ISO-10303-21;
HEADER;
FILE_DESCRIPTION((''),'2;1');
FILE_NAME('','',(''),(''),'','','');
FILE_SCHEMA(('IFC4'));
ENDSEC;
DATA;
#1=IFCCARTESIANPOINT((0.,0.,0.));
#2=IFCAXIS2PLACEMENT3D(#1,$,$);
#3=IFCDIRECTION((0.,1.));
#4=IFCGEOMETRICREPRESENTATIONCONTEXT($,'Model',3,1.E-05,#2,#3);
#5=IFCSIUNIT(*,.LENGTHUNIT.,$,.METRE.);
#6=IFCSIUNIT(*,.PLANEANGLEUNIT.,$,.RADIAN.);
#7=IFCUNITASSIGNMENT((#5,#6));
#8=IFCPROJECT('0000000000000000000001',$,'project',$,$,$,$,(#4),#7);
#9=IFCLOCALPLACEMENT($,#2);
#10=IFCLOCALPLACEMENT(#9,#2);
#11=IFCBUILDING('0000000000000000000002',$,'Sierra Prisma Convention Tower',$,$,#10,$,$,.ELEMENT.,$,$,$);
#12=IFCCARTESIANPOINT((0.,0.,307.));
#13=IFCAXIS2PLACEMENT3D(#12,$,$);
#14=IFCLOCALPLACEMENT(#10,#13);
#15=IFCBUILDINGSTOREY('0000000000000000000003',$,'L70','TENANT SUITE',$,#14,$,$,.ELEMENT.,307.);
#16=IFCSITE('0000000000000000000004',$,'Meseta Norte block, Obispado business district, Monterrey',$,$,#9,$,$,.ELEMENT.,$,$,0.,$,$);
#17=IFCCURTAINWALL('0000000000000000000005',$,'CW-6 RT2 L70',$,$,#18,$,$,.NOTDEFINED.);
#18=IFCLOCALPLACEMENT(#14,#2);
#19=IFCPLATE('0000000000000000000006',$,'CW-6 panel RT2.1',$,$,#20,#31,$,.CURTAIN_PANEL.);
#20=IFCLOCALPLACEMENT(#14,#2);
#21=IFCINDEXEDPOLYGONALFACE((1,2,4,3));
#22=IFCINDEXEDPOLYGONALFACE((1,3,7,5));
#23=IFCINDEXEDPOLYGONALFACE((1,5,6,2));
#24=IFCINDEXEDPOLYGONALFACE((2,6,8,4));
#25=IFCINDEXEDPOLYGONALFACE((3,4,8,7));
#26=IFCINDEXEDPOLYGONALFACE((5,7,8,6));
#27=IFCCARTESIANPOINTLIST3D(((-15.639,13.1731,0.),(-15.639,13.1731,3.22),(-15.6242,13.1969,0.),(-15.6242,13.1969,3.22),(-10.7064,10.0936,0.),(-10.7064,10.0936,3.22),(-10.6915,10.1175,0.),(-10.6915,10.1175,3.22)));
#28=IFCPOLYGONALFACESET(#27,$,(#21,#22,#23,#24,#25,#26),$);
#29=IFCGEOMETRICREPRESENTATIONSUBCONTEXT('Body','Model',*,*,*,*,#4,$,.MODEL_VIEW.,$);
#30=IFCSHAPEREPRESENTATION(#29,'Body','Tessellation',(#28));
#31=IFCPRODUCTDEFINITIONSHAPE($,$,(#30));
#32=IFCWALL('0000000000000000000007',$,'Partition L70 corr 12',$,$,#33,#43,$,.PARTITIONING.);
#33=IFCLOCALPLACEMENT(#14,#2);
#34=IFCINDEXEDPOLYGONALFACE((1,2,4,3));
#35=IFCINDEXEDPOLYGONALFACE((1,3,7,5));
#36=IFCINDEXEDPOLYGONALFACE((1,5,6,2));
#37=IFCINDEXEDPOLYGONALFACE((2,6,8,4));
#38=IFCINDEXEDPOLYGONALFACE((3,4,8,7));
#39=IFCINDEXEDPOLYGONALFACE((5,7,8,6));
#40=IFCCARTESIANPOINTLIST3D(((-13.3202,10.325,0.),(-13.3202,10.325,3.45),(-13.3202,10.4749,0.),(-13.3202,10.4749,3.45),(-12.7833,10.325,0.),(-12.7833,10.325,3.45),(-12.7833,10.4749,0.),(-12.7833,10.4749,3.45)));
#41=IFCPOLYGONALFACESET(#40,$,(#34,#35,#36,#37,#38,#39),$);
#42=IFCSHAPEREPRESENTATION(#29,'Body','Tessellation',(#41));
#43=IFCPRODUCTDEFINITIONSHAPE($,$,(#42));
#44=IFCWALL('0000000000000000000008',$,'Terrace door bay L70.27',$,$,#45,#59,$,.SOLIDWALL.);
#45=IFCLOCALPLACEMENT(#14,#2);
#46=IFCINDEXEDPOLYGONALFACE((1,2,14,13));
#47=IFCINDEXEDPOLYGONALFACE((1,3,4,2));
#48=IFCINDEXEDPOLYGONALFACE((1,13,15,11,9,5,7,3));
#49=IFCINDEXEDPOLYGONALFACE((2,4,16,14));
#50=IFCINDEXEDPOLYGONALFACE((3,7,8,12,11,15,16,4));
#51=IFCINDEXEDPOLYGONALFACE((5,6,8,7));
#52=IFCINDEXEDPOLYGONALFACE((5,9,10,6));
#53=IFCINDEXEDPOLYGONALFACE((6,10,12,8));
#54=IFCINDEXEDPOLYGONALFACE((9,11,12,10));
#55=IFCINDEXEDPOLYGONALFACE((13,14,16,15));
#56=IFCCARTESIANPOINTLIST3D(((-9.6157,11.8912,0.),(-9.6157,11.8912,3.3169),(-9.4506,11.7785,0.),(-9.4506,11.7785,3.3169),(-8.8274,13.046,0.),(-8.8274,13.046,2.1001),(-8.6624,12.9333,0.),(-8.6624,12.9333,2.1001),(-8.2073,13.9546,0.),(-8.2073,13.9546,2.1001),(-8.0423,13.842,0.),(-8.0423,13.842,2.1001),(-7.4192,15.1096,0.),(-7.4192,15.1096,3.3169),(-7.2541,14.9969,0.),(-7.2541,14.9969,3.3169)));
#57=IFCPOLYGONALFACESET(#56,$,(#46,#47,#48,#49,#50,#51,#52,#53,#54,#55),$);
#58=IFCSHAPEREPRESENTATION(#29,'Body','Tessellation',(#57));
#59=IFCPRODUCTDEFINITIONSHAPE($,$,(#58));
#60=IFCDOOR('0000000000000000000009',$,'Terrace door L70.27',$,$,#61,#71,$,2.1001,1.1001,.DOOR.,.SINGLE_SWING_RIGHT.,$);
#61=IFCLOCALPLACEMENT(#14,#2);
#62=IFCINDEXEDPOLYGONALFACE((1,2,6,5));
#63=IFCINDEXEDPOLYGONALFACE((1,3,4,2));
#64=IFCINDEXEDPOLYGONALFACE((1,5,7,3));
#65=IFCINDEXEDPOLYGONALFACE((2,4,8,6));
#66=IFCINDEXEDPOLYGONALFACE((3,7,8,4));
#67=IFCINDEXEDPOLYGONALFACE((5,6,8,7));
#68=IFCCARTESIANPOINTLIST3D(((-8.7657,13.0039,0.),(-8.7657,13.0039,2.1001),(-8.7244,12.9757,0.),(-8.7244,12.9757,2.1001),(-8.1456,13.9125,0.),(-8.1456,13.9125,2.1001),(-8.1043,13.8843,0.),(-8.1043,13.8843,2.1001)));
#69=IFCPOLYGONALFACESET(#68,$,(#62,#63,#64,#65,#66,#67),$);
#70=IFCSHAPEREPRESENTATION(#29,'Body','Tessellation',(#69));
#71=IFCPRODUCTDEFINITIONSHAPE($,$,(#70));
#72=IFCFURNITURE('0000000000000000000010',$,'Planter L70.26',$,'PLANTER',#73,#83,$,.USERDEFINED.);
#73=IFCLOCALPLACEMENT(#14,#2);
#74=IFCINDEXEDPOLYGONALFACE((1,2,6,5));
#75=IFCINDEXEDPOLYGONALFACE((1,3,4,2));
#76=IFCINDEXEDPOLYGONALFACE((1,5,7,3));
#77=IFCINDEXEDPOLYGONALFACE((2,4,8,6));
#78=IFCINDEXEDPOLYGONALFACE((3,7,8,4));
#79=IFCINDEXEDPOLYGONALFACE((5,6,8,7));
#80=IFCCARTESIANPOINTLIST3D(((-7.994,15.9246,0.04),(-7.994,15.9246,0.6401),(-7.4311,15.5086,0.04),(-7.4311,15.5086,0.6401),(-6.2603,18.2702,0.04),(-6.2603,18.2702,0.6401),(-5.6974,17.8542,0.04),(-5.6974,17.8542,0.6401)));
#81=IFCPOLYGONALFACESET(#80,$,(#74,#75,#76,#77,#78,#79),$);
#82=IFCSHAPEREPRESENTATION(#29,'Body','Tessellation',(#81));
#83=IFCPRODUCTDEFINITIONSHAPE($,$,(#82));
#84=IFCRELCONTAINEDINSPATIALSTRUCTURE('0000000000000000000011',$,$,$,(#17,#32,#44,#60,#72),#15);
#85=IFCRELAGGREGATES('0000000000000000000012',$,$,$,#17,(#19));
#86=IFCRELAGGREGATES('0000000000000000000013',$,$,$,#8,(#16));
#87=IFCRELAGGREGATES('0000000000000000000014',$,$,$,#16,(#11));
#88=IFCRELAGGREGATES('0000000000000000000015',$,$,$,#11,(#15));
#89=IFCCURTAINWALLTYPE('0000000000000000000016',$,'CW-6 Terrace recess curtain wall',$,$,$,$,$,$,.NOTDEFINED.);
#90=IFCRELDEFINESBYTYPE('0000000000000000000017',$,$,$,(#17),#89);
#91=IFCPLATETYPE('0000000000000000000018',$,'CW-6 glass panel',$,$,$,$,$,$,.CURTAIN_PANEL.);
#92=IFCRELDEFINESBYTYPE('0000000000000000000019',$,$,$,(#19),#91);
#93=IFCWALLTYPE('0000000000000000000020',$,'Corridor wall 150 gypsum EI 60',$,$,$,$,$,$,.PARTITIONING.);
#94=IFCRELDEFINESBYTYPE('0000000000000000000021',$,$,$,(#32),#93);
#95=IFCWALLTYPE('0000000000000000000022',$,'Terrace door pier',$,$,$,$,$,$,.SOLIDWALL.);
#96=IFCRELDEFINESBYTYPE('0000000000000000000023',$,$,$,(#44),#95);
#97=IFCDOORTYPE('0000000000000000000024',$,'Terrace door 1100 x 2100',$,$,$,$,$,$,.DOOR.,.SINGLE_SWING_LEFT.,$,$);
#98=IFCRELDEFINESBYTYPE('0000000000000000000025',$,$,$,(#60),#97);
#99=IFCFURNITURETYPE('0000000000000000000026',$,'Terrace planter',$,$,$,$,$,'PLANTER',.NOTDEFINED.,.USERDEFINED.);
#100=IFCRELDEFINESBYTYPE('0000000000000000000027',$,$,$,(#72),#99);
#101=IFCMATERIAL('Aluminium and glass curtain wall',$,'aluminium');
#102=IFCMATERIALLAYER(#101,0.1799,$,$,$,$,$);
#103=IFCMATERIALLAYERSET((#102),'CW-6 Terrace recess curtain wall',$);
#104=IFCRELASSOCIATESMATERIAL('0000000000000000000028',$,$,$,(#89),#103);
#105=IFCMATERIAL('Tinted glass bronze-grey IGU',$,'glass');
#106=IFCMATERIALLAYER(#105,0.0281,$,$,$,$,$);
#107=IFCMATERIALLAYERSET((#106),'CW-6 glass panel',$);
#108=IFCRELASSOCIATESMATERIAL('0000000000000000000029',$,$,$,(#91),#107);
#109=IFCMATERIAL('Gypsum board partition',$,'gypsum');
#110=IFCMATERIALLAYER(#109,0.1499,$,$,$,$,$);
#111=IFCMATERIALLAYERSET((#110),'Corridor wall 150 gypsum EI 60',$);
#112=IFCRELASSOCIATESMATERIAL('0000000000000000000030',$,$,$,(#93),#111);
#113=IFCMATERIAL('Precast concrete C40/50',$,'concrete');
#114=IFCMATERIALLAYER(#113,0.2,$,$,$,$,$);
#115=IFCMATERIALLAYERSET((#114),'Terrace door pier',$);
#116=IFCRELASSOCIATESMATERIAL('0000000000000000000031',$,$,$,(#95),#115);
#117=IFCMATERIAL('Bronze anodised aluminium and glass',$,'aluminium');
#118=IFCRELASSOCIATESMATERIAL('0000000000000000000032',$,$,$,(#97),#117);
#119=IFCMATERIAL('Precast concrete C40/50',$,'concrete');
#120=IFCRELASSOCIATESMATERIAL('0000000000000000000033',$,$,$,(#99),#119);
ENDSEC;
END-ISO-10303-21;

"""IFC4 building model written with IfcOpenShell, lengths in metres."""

from ifc_helpers import new_model, si_unit, direction, frame, frame_2d, origin, origin_2d, place, context, subcontext, project, spatial, rectangle, extrude, material, layer, layer_set, type_object, element, fill, aggregate, save


model = new_model("IFC4")

# Units and contexts
model_context = context("Model", 3, precision=1e-05, world=origin(), true_north=direction((0.0, 1.0)))
body_context = subcontext(model_context, "Body", "Model", "MODEL_VIEW")
ifc_project = project(units=[si_unit("LENGTHUNIT", "METRE"), si_unit("PLANEANGLEUNIT", "RADIAN")], contexts=[model_context])

# Site, building, storey
site_placement = place(None, origin())
site = spatial("IfcSite", under=ifc_project, at=site_placement, Name="Meseta Norte block, Obispado business district, Monterrey", CompositionType="ELEMENT", RefElevation=0.0)
building_placement = place(site_placement, origin())
building = spatial("IfcBuilding", under=site, at=building_placement, Name="Sierra Prisma Convention Tower", CompositionType="ELEMENT")
storey_placement = place(building_placement, frame((0.0, 0.0, 307.0)))
storey = spatial("IfcBuildingStorey", under=building, at=storey_placement, Name="L70", Description="TENANT SUITE", CompositionType="ELEMENT", Elevation=307.0)

# Shared definitions
ifc_material_1 = material(Name="Aluminium and glass curtain wall", Category="aluminium")
ifc_layer_1 = layer(ifc_material_1, 0.1799)
ifc_layer_set_1 = layer_set([ifc_layer_1], Name="CW-6 Terrace recess curtain wall")
curtain_wall_type_1 = type_object("IfcCurtainWallType", Name="CW-6 Terrace recess curtain wall", PredefinedType="NOTDEFINED", material=ifc_layer_set_1)

# Shared definitions
ifc_material_2 = material(Name="Tinted glass bronze-grey IGU", Category="glass")
ifc_layer_2 = layer(ifc_material_2, 0.0281)
ifc_layer_set_2 = layer_set([ifc_layer_2], Name="CW-6 glass panel")
plate_type_1 = type_object("IfcPlateType", Name="CW-6 glass panel", PredefinedType="CURTAIN_PANEL", material=ifc_layer_set_2)

# Curtain wall, plate
curtain_wall_1_placement = place(storey_placement, origin())
curtain_wall_1 = element("IfcCurtainWall", 1, at=curtain_wall_1_placement, inside=storey, type_object=curtain_wall_type_1, Name="CW-6 RT2 L70", PredefinedType="NOTDEFINED")
plate_1_placement = place(storey_placement, frame((-13.1653, 11.6453, 0.0), z_axis=(0.0, 0.0, 1.0), x_axis=(-0.848265, 0.529572, 0.0)))
plate_1 = element("IfcPlate", 2, at=plate_1_placement, type_object=plate_type_1, Name="CW-6 panel RT2.1", PredefinedType="CURTAIN_PANEL", context=body_context, shape_type="SweptSolid", body=[
    extrude(rectangle(XDim=5.8149, YDim=0.0281, at=origin_2d()), origin(), (0.0, 0.0, 1.0), 3.22),
])
aggregate(curtain_wall_1, [plate_1])

# Wall
ifc_material_3 = material(Name="Gypsum board partition", Category="gypsum")
ifc_layer_3 = layer(ifc_material_3, 0.1499)
ifc_layer_set_3 = layer_set([ifc_layer_3], Name="Corridor wall 150 gypsum EI 60")
wall_type_1 = type_object("IfcWallType", Name="Corridor wall 150 gypsum EI 60", PredefinedType="PARTITIONING", material=ifc_layer_set_3)
wall_1_placement = place(storey_placement, frame((-12.7832, 10.3999, 0.0), z_axis=(0.0, 0.0, 1.0), x_axis=(-1.0, 0.0, 0.0)))
element("IfcWall", 3, at=wall_1_placement, inside=storey, type_object=wall_type_1, Name="Partition L70 corr 12", PredefinedType="PARTITIONING", context=body_context, shape_type="SweptSolid", body=[
    extrude(rectangle(XDim=0.5369, YDim=0.1499, at=frame_2d((0.2686, 0.0))), origin(), (0.0, 0.0, 1.0), 3.45),
])

# Wall, opening, door
ifc_material_4 = material(Name="Precast concrete C40/50", Category="concrete")
ifc_layer_4 = layer(ifc_material_4, 0.2)
ifc_layer_set_4 = layer_set([ifc_layer_4], Name="Terrace door pier")
wall_type_2 = type_object("IfcWallType", Name="Terrace door pier", PredefinedType="SOLIDWALL", material=ifc_layer_set_4)
wall_2_placement = place(storey_placement, frame((-7.3367, 15.0532, 0.0), z_axis=(0.0, 0.0, 1.0), x_axis=(-0.563704, -0.825977, 0.0)))
wall_2 = element("IfcWall", 4, at=wall_2_placement, inside=storey, type_object=wall_type_2, Name="Terrace door bay L70.27", PredefinedType="SOLIDWALL", context=body_context, shape_type="SweptSolid", body=[
    extrude(rectangle(XDim=3.8965, YDim=0.2, at=frame_2d((1.9482, 0.0))), origin(), (0.0, 0.0, 1.0), 3.3169),
])
opening_placement = place(wall_2_placement, frame((1.3982, 0.0, 0.0)))
opening = element("IfcOpeningElement", 5, at=opening_placement, cuts=wall_2, PredefinedType="OPENING", context=body_context, shape_type="SweptSolid", body=[
    extrude(rectangle(XDim=1.1001, YDim=2.1001, at=frame_2d((0.55, 1.05))), frame((0.0, 0.1001, 0.0), z_axis=(0.0, -1.0, 0.0), x_axis=(1.0, 0.0, 0.0)), (0.0, 0.0, 1.0), 0.2),
])
ifc_material_5 = material(Name="Bronze anodised aluminium and glass", Category="aluminium")
door_type = type_object("IfcDoorType", Name="Terrace door 1100 x 2100", OperationType="SINGLE_SWING_LEFT", PredefinedType="DOOR", material=ifc_material_5)
door_placement = place(opening_placement, origin())
door = element("IfcDoor", 6, at=door_placement, inside=storey, type_object=door_type, Name="Terrace door L70.27", OperationType="SINGLE_SWING_RIGHT", OverallHeight=2.1001, OverallWidth=1.1001, PredefinedType="DOOR", context=body_context, shape_type="SweptSolid", body=[
    extrude(rectangle(XDim=1.1001, YDim=2.1001, at=frame_2d((0.55, 1.05))), frame((0.0, 0.0249, 0.0), z_axis=(0.0, -1.0, 0.0), x_axis=(1.0, 0.0, 0.0)), (0.0, 0.0, 1.0), 0.05),
])
fill(opening, door)

# Furniture
ifc_material_6 = material(Name="Precast concrete C40/50", Category="concrete")
furniture_type = type_object("IfcFurnitureType", Name="Terrace planter", ElementType="PLANTER", AssemblyPlace="NOTDEFINED", PredefinedType="USERDEFINED", material=ifc_material_6)
furniture_placement = place(storey_placement, frame((-6.8457, 16.8894, 0.04), z_axis=(0.0, 0.0, 1.0), x_axis=(-0.594384, -0.804181, 0.0)))
element("IfcFurniture", 7, at=furniture_placement, inside=storey, type_object=furniture_type, Name="Planter L70.26", ObjectType="PLANTER", PredefinedType="USERDEFINED", context=body_context, shape_type="SweptSolid", body=[
    extrude(rectangle(XDim=2.9167, YDim=0.7, at=origin_2d()), origin(), (0.0, 0.0, 1.0), 0.6001),
])

save(model, "model.ifc")
